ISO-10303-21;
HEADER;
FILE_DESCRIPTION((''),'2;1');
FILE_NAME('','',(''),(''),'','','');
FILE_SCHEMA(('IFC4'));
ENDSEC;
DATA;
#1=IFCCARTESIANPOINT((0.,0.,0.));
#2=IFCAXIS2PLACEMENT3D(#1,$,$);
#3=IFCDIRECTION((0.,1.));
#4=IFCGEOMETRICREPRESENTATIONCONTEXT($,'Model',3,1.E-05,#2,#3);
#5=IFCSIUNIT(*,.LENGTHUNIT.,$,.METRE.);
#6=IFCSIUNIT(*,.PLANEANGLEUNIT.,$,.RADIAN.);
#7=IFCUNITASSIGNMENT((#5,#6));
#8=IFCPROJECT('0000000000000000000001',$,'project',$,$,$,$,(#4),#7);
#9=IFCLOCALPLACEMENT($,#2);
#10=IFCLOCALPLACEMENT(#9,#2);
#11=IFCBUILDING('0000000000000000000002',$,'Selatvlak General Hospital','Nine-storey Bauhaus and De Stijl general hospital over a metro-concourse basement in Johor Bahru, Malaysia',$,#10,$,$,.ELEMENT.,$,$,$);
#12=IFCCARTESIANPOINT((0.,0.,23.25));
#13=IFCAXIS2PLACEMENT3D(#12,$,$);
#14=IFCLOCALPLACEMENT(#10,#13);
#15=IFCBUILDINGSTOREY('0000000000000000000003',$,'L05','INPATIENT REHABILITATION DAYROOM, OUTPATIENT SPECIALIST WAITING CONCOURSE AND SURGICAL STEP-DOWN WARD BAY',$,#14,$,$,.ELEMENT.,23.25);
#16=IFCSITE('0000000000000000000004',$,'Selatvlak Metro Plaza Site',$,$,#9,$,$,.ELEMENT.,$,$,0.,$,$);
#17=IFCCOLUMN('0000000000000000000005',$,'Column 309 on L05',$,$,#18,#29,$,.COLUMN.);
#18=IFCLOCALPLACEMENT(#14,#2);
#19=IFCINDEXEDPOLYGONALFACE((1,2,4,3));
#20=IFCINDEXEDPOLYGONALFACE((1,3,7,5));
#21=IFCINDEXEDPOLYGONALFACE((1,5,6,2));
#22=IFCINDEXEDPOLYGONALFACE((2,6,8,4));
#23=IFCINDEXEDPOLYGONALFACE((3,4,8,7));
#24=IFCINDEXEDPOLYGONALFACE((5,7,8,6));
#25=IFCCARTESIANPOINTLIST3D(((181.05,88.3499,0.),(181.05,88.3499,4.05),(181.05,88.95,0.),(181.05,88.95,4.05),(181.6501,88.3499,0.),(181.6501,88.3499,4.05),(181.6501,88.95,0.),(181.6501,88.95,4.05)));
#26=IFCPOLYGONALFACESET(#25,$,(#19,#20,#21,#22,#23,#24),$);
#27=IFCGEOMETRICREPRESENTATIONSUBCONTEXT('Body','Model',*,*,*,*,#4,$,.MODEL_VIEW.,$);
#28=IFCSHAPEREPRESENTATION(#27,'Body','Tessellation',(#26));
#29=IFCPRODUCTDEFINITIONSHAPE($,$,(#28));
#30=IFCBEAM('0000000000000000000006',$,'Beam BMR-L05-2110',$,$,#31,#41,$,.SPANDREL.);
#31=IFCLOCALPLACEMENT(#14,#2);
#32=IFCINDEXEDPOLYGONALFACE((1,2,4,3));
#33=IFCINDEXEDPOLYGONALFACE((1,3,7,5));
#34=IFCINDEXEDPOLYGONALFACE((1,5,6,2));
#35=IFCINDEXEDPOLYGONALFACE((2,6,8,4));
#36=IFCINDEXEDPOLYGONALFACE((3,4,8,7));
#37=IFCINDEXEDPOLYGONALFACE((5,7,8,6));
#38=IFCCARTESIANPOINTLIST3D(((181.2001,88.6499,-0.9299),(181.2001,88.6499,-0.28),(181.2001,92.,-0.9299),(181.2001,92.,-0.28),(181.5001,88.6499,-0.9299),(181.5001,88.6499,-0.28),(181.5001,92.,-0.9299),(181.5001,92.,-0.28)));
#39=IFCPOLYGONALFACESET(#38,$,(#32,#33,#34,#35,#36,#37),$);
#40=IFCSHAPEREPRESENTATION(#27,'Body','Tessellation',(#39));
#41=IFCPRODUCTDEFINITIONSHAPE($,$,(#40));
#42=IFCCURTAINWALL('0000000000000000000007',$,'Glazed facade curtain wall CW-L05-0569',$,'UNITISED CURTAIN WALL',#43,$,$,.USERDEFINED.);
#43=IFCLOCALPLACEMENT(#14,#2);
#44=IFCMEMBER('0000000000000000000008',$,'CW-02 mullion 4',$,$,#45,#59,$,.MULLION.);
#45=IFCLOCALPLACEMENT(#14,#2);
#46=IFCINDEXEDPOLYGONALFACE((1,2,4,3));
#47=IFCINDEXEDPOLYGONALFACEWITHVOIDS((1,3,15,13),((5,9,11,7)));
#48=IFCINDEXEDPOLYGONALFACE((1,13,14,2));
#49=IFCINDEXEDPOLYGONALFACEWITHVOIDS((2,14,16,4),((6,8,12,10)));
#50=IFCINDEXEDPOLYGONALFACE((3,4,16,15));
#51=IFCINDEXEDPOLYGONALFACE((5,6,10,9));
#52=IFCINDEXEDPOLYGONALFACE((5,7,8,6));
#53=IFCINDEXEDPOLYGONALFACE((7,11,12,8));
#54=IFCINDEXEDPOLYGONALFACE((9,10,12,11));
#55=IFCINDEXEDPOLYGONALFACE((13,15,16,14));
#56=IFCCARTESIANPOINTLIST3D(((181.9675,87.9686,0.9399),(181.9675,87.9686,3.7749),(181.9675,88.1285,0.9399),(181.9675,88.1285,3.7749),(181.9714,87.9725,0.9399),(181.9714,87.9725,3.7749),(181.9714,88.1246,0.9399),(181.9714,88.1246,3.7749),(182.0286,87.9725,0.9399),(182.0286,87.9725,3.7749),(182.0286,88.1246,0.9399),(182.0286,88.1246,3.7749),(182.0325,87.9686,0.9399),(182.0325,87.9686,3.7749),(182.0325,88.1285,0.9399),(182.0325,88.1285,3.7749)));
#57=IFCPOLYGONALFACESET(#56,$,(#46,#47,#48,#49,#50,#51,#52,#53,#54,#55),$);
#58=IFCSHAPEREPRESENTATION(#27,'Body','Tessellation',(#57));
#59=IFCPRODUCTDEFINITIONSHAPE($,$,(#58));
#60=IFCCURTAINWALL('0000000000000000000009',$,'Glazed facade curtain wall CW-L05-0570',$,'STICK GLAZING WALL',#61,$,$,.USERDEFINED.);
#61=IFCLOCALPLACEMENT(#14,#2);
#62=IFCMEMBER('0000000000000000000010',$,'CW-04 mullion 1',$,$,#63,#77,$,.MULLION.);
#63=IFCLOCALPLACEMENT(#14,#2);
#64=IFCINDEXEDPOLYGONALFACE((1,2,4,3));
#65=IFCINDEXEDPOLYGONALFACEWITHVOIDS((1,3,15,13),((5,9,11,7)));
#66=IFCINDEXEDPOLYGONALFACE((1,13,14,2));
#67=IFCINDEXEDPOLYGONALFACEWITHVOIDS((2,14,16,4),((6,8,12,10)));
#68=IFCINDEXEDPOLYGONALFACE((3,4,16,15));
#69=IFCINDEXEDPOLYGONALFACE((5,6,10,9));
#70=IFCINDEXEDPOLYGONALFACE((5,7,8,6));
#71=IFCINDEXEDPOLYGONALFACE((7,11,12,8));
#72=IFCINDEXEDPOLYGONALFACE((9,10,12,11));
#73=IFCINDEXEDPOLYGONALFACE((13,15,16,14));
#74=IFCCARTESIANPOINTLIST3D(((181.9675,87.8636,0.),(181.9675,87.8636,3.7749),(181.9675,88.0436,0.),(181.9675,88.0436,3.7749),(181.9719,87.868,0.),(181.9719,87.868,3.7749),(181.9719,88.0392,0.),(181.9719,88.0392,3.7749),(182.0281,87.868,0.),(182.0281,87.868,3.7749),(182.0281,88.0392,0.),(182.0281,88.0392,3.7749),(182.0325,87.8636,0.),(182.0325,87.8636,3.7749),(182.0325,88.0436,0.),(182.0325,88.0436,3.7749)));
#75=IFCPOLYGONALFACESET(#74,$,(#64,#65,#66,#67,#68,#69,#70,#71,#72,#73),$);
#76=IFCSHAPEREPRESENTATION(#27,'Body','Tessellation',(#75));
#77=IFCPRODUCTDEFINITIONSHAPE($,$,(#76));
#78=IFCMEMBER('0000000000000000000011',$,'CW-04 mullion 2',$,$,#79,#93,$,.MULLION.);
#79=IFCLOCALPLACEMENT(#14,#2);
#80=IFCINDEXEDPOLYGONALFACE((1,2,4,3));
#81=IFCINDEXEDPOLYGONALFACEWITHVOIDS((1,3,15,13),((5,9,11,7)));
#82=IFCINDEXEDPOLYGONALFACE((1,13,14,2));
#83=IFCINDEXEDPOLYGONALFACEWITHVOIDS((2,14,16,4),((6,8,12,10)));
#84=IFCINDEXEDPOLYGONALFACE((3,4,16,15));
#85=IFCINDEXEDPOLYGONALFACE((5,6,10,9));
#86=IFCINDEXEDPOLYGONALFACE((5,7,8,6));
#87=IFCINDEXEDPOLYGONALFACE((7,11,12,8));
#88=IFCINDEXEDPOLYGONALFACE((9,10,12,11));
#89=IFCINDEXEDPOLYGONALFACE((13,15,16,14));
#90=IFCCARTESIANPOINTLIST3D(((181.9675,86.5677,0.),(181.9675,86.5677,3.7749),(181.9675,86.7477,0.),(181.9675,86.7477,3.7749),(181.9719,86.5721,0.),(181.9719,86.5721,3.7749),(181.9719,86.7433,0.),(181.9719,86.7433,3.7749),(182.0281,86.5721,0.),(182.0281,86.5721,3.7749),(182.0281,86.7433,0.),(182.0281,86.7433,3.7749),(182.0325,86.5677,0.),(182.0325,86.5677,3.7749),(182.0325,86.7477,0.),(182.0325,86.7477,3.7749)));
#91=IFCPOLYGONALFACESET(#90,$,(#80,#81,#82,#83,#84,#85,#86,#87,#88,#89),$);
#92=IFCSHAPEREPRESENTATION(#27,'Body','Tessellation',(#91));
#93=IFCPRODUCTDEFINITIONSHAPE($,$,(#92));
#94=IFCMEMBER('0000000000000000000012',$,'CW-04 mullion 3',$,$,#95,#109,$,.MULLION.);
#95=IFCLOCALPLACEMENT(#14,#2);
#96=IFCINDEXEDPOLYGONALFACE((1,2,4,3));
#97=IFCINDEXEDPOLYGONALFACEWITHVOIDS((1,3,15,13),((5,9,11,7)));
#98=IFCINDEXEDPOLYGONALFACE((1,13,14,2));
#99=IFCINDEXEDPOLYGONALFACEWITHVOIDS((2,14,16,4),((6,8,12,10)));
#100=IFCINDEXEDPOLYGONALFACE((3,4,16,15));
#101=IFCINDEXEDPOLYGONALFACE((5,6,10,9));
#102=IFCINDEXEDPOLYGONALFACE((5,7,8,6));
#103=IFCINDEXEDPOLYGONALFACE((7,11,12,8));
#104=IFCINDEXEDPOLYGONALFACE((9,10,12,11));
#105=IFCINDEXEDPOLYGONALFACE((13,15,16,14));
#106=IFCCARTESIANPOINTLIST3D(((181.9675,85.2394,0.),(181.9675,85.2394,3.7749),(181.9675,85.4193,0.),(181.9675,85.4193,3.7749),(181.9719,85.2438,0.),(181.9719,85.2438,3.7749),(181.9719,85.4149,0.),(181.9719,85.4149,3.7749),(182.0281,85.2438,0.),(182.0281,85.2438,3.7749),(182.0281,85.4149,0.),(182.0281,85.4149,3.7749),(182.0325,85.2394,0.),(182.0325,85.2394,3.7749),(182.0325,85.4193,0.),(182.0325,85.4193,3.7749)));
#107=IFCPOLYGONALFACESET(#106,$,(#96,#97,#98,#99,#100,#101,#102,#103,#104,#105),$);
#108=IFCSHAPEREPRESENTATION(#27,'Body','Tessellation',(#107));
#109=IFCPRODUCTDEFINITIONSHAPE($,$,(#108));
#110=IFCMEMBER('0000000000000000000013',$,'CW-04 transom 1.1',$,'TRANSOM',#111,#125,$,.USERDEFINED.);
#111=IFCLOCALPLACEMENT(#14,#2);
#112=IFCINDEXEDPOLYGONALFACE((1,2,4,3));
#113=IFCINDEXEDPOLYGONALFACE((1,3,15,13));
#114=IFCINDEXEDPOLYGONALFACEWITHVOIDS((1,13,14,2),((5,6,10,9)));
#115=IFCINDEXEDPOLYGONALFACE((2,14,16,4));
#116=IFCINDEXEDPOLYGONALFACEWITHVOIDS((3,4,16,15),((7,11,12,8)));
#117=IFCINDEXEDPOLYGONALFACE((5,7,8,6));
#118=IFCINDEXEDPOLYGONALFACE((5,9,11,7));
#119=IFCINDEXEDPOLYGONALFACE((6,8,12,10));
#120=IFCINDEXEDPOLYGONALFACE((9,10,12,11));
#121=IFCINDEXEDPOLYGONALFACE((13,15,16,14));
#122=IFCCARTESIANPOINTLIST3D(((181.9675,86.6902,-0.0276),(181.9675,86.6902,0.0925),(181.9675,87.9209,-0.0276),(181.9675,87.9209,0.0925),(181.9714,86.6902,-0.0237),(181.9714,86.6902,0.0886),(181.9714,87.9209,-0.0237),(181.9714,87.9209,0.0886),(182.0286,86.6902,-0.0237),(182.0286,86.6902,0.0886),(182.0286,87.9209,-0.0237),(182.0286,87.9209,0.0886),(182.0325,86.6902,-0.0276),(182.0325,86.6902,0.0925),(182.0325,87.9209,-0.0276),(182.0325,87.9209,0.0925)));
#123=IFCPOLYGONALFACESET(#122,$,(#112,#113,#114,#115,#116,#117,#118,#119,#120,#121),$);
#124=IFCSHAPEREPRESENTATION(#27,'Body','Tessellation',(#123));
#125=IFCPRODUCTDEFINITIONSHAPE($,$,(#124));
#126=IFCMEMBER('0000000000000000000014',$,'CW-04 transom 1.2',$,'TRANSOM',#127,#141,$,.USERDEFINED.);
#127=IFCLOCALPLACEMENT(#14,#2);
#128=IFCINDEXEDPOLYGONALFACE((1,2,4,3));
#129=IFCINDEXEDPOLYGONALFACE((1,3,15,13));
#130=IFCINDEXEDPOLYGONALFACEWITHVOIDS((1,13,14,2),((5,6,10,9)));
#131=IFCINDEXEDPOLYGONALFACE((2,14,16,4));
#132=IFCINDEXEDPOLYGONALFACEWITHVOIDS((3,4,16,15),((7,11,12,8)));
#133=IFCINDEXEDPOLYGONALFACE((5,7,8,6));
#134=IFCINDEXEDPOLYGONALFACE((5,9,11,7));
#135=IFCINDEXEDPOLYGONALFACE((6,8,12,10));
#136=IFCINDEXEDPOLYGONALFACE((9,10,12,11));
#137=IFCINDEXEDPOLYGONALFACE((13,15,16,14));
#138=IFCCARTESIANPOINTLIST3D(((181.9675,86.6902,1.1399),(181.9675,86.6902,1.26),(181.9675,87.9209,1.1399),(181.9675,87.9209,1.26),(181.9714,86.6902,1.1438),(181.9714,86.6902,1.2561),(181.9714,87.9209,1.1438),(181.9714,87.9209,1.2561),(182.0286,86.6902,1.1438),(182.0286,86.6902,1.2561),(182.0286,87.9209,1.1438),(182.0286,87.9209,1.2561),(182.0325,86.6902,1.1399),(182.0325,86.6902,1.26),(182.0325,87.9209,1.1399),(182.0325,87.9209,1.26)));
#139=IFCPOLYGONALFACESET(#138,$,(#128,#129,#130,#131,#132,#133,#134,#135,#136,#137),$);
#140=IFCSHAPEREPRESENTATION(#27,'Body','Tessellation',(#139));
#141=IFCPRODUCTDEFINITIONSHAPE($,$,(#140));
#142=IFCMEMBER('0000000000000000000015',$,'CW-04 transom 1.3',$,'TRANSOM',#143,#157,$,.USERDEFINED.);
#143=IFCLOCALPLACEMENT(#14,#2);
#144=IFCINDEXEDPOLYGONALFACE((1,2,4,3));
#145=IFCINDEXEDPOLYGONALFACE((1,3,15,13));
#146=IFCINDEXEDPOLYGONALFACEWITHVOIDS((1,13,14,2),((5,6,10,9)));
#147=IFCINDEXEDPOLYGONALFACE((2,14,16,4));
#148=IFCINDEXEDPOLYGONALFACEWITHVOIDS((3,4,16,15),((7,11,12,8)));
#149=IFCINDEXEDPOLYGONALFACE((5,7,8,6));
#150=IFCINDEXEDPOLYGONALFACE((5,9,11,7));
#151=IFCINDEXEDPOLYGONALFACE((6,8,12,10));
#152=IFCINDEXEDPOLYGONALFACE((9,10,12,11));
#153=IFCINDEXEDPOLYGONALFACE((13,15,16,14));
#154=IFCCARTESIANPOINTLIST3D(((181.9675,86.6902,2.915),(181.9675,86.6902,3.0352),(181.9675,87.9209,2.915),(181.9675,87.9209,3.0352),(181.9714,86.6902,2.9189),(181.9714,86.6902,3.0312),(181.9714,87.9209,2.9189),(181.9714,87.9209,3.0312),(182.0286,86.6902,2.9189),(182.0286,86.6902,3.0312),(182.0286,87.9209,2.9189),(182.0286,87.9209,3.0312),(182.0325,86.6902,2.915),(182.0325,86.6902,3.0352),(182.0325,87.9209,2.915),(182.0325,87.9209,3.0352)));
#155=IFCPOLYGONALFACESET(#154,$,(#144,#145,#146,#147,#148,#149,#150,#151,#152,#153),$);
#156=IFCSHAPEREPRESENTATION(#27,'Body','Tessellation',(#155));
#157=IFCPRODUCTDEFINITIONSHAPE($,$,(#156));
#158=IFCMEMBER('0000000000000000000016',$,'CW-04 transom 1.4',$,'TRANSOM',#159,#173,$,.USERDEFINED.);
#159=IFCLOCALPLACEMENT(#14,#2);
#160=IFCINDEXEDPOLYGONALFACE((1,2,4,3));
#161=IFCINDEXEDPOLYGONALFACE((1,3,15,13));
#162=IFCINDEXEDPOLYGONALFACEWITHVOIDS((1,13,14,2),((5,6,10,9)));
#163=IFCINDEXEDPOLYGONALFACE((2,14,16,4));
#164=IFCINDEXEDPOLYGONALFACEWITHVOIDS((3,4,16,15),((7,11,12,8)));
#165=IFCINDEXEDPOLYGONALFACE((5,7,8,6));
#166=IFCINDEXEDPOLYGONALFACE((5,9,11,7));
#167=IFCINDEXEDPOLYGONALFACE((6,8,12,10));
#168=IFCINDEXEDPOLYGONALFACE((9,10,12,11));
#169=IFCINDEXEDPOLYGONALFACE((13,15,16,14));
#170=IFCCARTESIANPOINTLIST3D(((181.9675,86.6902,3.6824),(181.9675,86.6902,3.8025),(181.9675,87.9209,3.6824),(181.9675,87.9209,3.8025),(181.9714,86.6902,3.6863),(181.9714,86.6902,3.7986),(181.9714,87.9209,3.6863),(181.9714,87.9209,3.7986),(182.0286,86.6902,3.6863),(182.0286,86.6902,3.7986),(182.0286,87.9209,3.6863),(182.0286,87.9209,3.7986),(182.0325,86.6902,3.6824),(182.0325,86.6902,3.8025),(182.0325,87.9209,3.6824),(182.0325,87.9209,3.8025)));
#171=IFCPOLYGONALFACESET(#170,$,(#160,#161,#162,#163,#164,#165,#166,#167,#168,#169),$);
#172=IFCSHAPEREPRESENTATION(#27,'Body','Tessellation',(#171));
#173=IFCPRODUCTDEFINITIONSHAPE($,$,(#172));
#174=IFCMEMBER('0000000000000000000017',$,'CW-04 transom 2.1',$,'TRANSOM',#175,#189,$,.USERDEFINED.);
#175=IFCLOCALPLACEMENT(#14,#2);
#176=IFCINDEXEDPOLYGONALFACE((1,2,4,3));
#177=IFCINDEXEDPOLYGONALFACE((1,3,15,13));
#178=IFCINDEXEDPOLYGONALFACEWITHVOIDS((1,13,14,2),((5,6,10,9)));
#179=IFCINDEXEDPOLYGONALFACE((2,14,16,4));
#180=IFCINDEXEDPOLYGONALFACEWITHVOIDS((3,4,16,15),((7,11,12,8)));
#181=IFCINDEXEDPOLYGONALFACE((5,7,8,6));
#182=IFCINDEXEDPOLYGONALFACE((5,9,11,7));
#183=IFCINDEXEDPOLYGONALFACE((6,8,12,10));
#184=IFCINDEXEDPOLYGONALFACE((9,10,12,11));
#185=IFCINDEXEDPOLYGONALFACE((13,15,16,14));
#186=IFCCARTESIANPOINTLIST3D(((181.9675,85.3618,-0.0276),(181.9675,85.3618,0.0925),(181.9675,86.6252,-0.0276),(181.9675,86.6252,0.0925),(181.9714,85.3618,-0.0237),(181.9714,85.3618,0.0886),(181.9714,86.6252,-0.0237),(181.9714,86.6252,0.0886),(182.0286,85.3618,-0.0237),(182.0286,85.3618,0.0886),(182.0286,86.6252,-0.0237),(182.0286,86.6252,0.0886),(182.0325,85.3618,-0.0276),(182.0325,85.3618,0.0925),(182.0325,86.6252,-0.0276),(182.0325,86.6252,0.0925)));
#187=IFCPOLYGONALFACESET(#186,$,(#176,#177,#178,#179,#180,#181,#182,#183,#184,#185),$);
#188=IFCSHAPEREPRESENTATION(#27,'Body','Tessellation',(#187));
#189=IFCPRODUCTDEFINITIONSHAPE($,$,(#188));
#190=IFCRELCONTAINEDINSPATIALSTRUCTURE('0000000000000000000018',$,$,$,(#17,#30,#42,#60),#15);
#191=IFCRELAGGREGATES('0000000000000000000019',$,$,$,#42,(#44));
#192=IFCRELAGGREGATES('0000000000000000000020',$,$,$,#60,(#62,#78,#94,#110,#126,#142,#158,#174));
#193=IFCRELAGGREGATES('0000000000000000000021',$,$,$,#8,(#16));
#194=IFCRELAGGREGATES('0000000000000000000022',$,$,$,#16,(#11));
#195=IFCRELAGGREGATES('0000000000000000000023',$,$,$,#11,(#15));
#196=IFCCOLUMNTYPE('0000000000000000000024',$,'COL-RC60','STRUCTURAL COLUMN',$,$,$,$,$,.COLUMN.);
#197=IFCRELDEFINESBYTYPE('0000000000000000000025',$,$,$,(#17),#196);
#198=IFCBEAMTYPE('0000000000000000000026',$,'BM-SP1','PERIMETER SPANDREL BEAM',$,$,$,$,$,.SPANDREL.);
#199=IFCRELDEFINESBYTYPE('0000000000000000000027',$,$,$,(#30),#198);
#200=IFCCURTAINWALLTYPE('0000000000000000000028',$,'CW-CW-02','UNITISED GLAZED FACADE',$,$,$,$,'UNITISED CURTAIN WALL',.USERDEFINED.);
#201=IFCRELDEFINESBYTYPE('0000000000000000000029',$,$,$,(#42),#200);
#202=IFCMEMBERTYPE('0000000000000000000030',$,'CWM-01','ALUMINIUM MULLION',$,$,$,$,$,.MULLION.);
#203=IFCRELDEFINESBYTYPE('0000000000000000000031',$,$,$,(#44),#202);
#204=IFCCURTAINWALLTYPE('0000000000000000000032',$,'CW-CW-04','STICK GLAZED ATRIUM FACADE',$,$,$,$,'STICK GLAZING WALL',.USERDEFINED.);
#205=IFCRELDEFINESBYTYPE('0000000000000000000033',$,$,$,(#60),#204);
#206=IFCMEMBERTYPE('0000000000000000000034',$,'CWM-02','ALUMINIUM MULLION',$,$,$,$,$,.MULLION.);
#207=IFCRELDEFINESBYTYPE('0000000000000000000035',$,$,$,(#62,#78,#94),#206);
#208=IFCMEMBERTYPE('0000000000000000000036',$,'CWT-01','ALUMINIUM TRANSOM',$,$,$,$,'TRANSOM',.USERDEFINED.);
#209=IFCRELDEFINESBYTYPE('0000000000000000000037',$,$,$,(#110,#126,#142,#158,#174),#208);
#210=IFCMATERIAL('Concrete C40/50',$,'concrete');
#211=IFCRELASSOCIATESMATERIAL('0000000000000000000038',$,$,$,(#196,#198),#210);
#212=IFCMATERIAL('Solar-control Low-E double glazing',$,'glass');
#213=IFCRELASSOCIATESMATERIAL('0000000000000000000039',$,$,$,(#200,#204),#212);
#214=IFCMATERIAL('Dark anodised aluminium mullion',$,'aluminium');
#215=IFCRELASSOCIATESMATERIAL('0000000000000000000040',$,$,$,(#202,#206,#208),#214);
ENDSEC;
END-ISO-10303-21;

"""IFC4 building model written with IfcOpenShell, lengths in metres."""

from ifc_helpers import new_model, si_unit, direction, frame, origin, origin_2d, place, context, subcontext, project, spatial, rectangle, hollow_rectangle, extrude, material, material_profile, profile_set, type_object, element, aggregate, save


model = new_model("IFC4")

# Units and contexts
model_context = context("Model", 3, precision=1e-05, world=origin(), true_north=direction((0.0, 1.0)))
body_context = subcontext(model_context, "Body", "Model", "MODEL_VIEW")
ifc_project = project(units=[si_unit("LENGTHUNIT", "METRE"), si_unit("PLANEANGLEUNIT", "RADIAN")], contexts=[model_context])

# Site, building, storey
site_placement = place(None, origin())
site = spatial("IfcSite", under=ifc_project, at=site_placement, Name="Selatvlak Metro Plaza Site", CompositionType="ELEMENT", RefElevation=0.0)
building_placement = place(site_placement, origin())
building = spatial("IfcBuilding", under=site, at=building_placement, Name="Selatvlak General Hospital", Description="Nine-storey Bauhaus and De Stijl general hospital over a metro-concourse basement in Johor Bahru, Malaysia", CompositionType="ELEMENT")
storey_placement = place(building_placement, frame((0.0, 0.0, 23.25)))
storey = spatial("IfcBuildingStorey", under=building, at=storey_placement, Name="L05", Description="INPATIENT REHABILITATION DAYROOM, OUTPATIENT SPECIALIST WAITING CONCOURSE AND SURGICAL STEP-DOWN WARD BAY", CompositionType="ELEMENT", Elevation=23.25)

# Column
ifc_material_1 = material(Name="Concrete C40/50", Category="concrete")
ifc_material_profile_1 = material_profile(ifc_material_1, rectangle(XDim=0.6001, YDim=0.6001, at=origin_2d()), Name="RC-COL 600x600")
ifc_profile_set_1 = profile_set([ifc_material_profile_1], Name="Concrete C40/50")
column_type = type_object("IfcColumnType", Name="COL-RC60", Description="STRUCTURAL COLUMN", PredefinedType="COLUMN", material=ifc_profile_set_1)
column_placement = place(storey_placement, frame((181.3501, 88.6499, 0.0), z_axis=(0.0, 0.0, 1.0), x_axis=(1.0, 0.0, 0.0)))
element("IfcColumn", 1, at=column_placement, inside=storey, type_object=column_type, Name="Column 309 on L05", PredefinedType="COLUMN", context=body_context, shape_type="SweptSolid", body=[
    extrude(rectangle(XDim=0.6001, YDim=0.6001, at=origin_2d()), origin(), (0.0, 0.0, 1.0), 4.05),
])

# Beam
ifc_material_profile_2 = material_profile(ifc_material_1, rectangle(XDim=0.3, YDim=0.6499, at=origin_2d()), Name="RC-SP 300x650")
ifc_profile_set_2 = profile_set([ifc_material_profile_2], Name="Concrete C40/50")
beam_type = type_object("IfcBeamType", Name="BM-SP1", Description="PERIMETER SPANDREL BEAM", PredefinedType="SPANDREL", material=ifc_profile_set_2)
beam_placement = place(storey_placement, frame((181.3501, 88.6499, -0.605), z_axis=(0.0, 1.0, 0.0), x_axis=(-1.0, 0.0, 0.0)))
element("IfcBeam", 2, at=beam_placement, inside=storey, type_object=beam_type, Name="Beam BMR-L05-2110", PredefinedType="SPANDREL", context=body_context, shape_type="SweptSolid", body=[
    extrude(rectangle(XDim=0.3, YDim=0.6499, at=origin_2d()), origin(), (0.0, 0.0, 1.0), 3.3501),
])

# Curtain wall, member
ifc_material_2 = material(Name="Solar-control Low-E double glazing", Category="glass")
curtain_wall_type_1 = type_object("IfcCurtainWallType", Name="CW-CW-02", Description="UNITISED GLAZED FACADE", ElementType="UNITISED CURTAIN WALL", PredefinedType="USERDEFINED", material=ifc_material_2)
curtain_wall_1_placement = place(storey_placement, origin())
curtain_wall_1 = element("IfcCurtainWall", 3, at=curtain_wall_1_placement, inside=storey, type_object=curtain_wall_type_1, Name="Glazed facade curtain wall CW-L05-0569", ObjectType="UNITISED CURTAIN WALL", PredefinedType="USERDEFINED")
ifc_material_3 = material(Name="Dark anodised aluminium mullion", Category="aluminium")
ifc_material_profile_3 = material_profile(ifc_material_3, hollow_rectangle(XDim=0.0649, YDim=0.1599, WallThickness=0.0039, at=origin_2d()), Name="AL-MUL 65x160x4")
ifc_profile_set_3 = profile_set([ifc_material_profile_3], Name="Dark anodised aluminium mullion")
member_type_1 = type_object("IfcMemberType", Name="CWM-01", Description="ALUMINIUM MULLION", PredefinedType="MULLION", material=ifc_profile_set_3)
member_1_placement = place(storey_placement, frame((182.0, 88.0486, 0.9399), z_axis=(0.0, 0.0, 1.0), x_axis=(1.0, 0.0, 0.0)))
member_1 = element("IfcMember", 4, at=member_1_placement, type_object=member_type_1, Name="CW-02 mullion 4", PredefinedType="MULLION", context=body_context, shape_type="SweptSolid", body=[
    extrude(hollow_rectangle(XDim=0.0649, YDim=0.1599, WallThickness=0.0039, at=origin_2d()), origin(), (0.0, 0.0, 1.0), 2.835),
])
aggregate(curtain_wall_1, [member_1])

# Curtain wall, members
curtain_wall_type_2 = type_object("IfcCurtainWallType", Name="CW-CW-04", Description="STICK GLAZED ATRIUM FACADE", ElementType="STICK GLAZING WALL", PredefinedType="USERDEFINED", material=ifc_material_2)
curtain_wall_2_placement = place(storey_placement, origin())
curtain_wall_2 = element("IfcCurtainWall", 5, at=curtain_wall_2_placement, inside=storey, type_object=curtain_wall_type_2, Name="Glazed facade curtain wall CW-L05-0570", ObjectType="STICK GLAZING WALL", PredefinedType="USERDEFINED")
ifc_material_profile_4 = material_profile(ifc_material_3, hollow_rectangle(XDim=0.0649, YDim=0.1799, WallThickness=0.0044, at=origin_2d()), Name="AL-MUL 65x180x4.5")
ifc_profile_set_4 = profile_set([ifc_material_profile_4], Name="Dark anodised aluminium mullion")
member_type_2 = type_object("IfcMemberType", Name="CWM-02", Description="ALUMINIUM MULLION", PredefinedType="MULLION", material=ifc_profile_set_4)
member_2_placement = place(storey_placement, frame((182.0, 87.9536, 0.0), z_axis=(0.0, 0.0, 1.0), x_axis=(1.0, 0.0, 0.0)))
member_2 = element("IfcMember", 6, at=member_2_placement, type_object=member_type_2, Name="CW-04 mullion 1", PredefinedType="MULLION", context=body_context, shape_type="SweptSolid", body=[
    extrude(hollow_rectangle(XDim=0.0649, YDim=0.1799, WallThickness=0.0044, at=origin_2d()), origin(), (0.0, 0.0, 1.0), 3.7749),
])
member_3_placement = place(storey_placement, frame((182.0, 86.6577, 0.0), z_axis=(0.0, 0.0, 1.0), x_axis=(1.0, 0.0, 0.0)))
member_3 = element("IfcMember", 7, at=member_3_placement, type_object=member_type_2, Name="CW-04 mullion 2", PredefinedType="MULLION", context=body_context, shape_type="SweptSolid", body=[
    extrude(hollow_rectangle(XDim=0.0649, YDim=0.1799, WallThickness=0.0044, at=origin_2d()), origin(), (0.0, 0.0, 1.0), 3.7749),
])
member_4_placement = place(storey_placement, frame((182.0, 85.3293, 0.0), z_axis=(0.0, 0.0, 1.0), x_axis=(1.0, 0.0, 0.0)))
member_4 = element("IfcMember", 8, at=member_4_placement, type_object=member_type_2, Name="CW-04 mullion 3", PredefinedType="MULLION", context=body_context, shape_type="SweptSolid", body=[
    extrude(hollow_rectangle(XDim=0.0649, YDim=0.1799, WallThickness=0.0044, at=origin_2d()), origin(), (0.0, 0.0, 1.0), 3.7749),
])
ifc_material_profile_5 = material_profile(ifc_material_3, hollow_rectangle(XDim=0.0649, YDim=0.1201, WallThickness=0.0039, at=origin_2d()), Name="AL-TRN 65x120x4")
ifc_profile_set_5 = profile_set([ifc_material_profile_5], Name="Dark anodised aluminium mullion")
member_type_3 = type_object("IfcMemberType", Name="CWT-01", Description="ALUMINIUM TRANSOM", ElementType="TRANSOM", PredefinedType="USERDEFINED", material=ifc_profile_set_5)
member_5_placement = place(storey_placement, frame((182.0, 87.9209, 0.0325), z_axis=(0.0, -1.0, 0.0), x_axis=(1.0, 0.0, 0.0)))
member_5 = element("IfcMember", 9, at=member_5_placement, type_object=member_type_3, Name="CW-04 transom 1.1", ObjectType="TRANSOM", PredefinedType="USERDEFINED", context=body_context, shape_type="SweptSolid", body=[
    extrude(hollow_rectangle(XDim=0.0649, YDim=0.1201, WallThickness=0.0039, at=origin_2d()), origin(), (0.0, 0.0, 1.0), 1.2307),
])
member_6_placement = place(storey_placement, frame((182.0, 87.9209, 1.2), z_axis=(0.0, -1.0, 0.0), x_axis=(1.0, 0.0, 0.0)))
member_6 = element("IfcMember", 10, at=member_6_placement, type_object=member_type_3, Name="CW-04 transom 1.2", ObjectType="TRANSOM", PredefinedType="USERDEFINED", context=body_context, shape_type="SweptSolid", body=[
    extrude(hollow_rectangle(XDim=0.0649, YDim=0.1201, WallThickness=0.0039, at=origin_2d()), origin(), (0.0, 0.0, 1.0), 1.2307),
])
member_7_placement = place(storey_placement, frame((182.0, 87.9209, 2.9751), z_axis=(0.0, -1.0, 0.0), x_axis=(1.0, 0.0, 0.0)))
member_7 = element("IfcMember", 11, at=member_7_placement, type_object=member_type_3, Name="CW-04 transom 1.3", ObjectType="TRANSOM", PredefinedType="USERDEFINED", context=body_context, shape_type="SweptSolid", body=[
    extrude(hollow_rectangle(XDim=0.0649, YDim=0.1201, WallThickness=0.0039, at=origin_2d()), origin(), (0.0, 0.0, 1.0), 1.2307),
])
member_8_placement = place(storey_placement, frame((182.0, 87.9209, 3.7424), z_axis=(0.0, -1.0, 0.0), x_axis=(1.0, 0.0, 0.0)))
member_8 = element("IfcMember", 12, at=member_8_placement, type_object=member_type_3, Name="CW-04 transom 1.4", ObjectType="TRANSOM", PredefinedType="USERDEFINED", context=body_context, shape_type="SweptSolid", body=[
    extrude(hollow_rectangle(XDim=0.0649, YDim=0.1201, WallThickness=0.0039, at=origin_2d()), origin(), (0.0, 0.0, 1.0), 1.2307),
])
member_9_placement = place(storey_placement, frame((182.0, 86.6252, 0.0325), z_axis=(0.0, -1.0, 0.0), x_axis=(1.0, 0.0, 0.0)))
member_9 = element("IfcMember", 13, at=member_9_placement, type_object=member_type_3, Name="CW-04 transom 2.1", ObjectType="TRANSOM", PredefinedType="USERDEFINED", context=body_context, shape_type="SweptSolid", body=[
    extrude(hollow_rectangle(XDim=0.0649, YDim=0.1201, WallThickness=0.0039, at=origin_2d()), origin(), (0.0, 0.0, 1.0), 1.2634),
])
aggregate(curtain_wall_2, [member_2, member_3, member_4, member_5, member_6, member_7, member_8, member_9])

save(model, "model.ifc")
